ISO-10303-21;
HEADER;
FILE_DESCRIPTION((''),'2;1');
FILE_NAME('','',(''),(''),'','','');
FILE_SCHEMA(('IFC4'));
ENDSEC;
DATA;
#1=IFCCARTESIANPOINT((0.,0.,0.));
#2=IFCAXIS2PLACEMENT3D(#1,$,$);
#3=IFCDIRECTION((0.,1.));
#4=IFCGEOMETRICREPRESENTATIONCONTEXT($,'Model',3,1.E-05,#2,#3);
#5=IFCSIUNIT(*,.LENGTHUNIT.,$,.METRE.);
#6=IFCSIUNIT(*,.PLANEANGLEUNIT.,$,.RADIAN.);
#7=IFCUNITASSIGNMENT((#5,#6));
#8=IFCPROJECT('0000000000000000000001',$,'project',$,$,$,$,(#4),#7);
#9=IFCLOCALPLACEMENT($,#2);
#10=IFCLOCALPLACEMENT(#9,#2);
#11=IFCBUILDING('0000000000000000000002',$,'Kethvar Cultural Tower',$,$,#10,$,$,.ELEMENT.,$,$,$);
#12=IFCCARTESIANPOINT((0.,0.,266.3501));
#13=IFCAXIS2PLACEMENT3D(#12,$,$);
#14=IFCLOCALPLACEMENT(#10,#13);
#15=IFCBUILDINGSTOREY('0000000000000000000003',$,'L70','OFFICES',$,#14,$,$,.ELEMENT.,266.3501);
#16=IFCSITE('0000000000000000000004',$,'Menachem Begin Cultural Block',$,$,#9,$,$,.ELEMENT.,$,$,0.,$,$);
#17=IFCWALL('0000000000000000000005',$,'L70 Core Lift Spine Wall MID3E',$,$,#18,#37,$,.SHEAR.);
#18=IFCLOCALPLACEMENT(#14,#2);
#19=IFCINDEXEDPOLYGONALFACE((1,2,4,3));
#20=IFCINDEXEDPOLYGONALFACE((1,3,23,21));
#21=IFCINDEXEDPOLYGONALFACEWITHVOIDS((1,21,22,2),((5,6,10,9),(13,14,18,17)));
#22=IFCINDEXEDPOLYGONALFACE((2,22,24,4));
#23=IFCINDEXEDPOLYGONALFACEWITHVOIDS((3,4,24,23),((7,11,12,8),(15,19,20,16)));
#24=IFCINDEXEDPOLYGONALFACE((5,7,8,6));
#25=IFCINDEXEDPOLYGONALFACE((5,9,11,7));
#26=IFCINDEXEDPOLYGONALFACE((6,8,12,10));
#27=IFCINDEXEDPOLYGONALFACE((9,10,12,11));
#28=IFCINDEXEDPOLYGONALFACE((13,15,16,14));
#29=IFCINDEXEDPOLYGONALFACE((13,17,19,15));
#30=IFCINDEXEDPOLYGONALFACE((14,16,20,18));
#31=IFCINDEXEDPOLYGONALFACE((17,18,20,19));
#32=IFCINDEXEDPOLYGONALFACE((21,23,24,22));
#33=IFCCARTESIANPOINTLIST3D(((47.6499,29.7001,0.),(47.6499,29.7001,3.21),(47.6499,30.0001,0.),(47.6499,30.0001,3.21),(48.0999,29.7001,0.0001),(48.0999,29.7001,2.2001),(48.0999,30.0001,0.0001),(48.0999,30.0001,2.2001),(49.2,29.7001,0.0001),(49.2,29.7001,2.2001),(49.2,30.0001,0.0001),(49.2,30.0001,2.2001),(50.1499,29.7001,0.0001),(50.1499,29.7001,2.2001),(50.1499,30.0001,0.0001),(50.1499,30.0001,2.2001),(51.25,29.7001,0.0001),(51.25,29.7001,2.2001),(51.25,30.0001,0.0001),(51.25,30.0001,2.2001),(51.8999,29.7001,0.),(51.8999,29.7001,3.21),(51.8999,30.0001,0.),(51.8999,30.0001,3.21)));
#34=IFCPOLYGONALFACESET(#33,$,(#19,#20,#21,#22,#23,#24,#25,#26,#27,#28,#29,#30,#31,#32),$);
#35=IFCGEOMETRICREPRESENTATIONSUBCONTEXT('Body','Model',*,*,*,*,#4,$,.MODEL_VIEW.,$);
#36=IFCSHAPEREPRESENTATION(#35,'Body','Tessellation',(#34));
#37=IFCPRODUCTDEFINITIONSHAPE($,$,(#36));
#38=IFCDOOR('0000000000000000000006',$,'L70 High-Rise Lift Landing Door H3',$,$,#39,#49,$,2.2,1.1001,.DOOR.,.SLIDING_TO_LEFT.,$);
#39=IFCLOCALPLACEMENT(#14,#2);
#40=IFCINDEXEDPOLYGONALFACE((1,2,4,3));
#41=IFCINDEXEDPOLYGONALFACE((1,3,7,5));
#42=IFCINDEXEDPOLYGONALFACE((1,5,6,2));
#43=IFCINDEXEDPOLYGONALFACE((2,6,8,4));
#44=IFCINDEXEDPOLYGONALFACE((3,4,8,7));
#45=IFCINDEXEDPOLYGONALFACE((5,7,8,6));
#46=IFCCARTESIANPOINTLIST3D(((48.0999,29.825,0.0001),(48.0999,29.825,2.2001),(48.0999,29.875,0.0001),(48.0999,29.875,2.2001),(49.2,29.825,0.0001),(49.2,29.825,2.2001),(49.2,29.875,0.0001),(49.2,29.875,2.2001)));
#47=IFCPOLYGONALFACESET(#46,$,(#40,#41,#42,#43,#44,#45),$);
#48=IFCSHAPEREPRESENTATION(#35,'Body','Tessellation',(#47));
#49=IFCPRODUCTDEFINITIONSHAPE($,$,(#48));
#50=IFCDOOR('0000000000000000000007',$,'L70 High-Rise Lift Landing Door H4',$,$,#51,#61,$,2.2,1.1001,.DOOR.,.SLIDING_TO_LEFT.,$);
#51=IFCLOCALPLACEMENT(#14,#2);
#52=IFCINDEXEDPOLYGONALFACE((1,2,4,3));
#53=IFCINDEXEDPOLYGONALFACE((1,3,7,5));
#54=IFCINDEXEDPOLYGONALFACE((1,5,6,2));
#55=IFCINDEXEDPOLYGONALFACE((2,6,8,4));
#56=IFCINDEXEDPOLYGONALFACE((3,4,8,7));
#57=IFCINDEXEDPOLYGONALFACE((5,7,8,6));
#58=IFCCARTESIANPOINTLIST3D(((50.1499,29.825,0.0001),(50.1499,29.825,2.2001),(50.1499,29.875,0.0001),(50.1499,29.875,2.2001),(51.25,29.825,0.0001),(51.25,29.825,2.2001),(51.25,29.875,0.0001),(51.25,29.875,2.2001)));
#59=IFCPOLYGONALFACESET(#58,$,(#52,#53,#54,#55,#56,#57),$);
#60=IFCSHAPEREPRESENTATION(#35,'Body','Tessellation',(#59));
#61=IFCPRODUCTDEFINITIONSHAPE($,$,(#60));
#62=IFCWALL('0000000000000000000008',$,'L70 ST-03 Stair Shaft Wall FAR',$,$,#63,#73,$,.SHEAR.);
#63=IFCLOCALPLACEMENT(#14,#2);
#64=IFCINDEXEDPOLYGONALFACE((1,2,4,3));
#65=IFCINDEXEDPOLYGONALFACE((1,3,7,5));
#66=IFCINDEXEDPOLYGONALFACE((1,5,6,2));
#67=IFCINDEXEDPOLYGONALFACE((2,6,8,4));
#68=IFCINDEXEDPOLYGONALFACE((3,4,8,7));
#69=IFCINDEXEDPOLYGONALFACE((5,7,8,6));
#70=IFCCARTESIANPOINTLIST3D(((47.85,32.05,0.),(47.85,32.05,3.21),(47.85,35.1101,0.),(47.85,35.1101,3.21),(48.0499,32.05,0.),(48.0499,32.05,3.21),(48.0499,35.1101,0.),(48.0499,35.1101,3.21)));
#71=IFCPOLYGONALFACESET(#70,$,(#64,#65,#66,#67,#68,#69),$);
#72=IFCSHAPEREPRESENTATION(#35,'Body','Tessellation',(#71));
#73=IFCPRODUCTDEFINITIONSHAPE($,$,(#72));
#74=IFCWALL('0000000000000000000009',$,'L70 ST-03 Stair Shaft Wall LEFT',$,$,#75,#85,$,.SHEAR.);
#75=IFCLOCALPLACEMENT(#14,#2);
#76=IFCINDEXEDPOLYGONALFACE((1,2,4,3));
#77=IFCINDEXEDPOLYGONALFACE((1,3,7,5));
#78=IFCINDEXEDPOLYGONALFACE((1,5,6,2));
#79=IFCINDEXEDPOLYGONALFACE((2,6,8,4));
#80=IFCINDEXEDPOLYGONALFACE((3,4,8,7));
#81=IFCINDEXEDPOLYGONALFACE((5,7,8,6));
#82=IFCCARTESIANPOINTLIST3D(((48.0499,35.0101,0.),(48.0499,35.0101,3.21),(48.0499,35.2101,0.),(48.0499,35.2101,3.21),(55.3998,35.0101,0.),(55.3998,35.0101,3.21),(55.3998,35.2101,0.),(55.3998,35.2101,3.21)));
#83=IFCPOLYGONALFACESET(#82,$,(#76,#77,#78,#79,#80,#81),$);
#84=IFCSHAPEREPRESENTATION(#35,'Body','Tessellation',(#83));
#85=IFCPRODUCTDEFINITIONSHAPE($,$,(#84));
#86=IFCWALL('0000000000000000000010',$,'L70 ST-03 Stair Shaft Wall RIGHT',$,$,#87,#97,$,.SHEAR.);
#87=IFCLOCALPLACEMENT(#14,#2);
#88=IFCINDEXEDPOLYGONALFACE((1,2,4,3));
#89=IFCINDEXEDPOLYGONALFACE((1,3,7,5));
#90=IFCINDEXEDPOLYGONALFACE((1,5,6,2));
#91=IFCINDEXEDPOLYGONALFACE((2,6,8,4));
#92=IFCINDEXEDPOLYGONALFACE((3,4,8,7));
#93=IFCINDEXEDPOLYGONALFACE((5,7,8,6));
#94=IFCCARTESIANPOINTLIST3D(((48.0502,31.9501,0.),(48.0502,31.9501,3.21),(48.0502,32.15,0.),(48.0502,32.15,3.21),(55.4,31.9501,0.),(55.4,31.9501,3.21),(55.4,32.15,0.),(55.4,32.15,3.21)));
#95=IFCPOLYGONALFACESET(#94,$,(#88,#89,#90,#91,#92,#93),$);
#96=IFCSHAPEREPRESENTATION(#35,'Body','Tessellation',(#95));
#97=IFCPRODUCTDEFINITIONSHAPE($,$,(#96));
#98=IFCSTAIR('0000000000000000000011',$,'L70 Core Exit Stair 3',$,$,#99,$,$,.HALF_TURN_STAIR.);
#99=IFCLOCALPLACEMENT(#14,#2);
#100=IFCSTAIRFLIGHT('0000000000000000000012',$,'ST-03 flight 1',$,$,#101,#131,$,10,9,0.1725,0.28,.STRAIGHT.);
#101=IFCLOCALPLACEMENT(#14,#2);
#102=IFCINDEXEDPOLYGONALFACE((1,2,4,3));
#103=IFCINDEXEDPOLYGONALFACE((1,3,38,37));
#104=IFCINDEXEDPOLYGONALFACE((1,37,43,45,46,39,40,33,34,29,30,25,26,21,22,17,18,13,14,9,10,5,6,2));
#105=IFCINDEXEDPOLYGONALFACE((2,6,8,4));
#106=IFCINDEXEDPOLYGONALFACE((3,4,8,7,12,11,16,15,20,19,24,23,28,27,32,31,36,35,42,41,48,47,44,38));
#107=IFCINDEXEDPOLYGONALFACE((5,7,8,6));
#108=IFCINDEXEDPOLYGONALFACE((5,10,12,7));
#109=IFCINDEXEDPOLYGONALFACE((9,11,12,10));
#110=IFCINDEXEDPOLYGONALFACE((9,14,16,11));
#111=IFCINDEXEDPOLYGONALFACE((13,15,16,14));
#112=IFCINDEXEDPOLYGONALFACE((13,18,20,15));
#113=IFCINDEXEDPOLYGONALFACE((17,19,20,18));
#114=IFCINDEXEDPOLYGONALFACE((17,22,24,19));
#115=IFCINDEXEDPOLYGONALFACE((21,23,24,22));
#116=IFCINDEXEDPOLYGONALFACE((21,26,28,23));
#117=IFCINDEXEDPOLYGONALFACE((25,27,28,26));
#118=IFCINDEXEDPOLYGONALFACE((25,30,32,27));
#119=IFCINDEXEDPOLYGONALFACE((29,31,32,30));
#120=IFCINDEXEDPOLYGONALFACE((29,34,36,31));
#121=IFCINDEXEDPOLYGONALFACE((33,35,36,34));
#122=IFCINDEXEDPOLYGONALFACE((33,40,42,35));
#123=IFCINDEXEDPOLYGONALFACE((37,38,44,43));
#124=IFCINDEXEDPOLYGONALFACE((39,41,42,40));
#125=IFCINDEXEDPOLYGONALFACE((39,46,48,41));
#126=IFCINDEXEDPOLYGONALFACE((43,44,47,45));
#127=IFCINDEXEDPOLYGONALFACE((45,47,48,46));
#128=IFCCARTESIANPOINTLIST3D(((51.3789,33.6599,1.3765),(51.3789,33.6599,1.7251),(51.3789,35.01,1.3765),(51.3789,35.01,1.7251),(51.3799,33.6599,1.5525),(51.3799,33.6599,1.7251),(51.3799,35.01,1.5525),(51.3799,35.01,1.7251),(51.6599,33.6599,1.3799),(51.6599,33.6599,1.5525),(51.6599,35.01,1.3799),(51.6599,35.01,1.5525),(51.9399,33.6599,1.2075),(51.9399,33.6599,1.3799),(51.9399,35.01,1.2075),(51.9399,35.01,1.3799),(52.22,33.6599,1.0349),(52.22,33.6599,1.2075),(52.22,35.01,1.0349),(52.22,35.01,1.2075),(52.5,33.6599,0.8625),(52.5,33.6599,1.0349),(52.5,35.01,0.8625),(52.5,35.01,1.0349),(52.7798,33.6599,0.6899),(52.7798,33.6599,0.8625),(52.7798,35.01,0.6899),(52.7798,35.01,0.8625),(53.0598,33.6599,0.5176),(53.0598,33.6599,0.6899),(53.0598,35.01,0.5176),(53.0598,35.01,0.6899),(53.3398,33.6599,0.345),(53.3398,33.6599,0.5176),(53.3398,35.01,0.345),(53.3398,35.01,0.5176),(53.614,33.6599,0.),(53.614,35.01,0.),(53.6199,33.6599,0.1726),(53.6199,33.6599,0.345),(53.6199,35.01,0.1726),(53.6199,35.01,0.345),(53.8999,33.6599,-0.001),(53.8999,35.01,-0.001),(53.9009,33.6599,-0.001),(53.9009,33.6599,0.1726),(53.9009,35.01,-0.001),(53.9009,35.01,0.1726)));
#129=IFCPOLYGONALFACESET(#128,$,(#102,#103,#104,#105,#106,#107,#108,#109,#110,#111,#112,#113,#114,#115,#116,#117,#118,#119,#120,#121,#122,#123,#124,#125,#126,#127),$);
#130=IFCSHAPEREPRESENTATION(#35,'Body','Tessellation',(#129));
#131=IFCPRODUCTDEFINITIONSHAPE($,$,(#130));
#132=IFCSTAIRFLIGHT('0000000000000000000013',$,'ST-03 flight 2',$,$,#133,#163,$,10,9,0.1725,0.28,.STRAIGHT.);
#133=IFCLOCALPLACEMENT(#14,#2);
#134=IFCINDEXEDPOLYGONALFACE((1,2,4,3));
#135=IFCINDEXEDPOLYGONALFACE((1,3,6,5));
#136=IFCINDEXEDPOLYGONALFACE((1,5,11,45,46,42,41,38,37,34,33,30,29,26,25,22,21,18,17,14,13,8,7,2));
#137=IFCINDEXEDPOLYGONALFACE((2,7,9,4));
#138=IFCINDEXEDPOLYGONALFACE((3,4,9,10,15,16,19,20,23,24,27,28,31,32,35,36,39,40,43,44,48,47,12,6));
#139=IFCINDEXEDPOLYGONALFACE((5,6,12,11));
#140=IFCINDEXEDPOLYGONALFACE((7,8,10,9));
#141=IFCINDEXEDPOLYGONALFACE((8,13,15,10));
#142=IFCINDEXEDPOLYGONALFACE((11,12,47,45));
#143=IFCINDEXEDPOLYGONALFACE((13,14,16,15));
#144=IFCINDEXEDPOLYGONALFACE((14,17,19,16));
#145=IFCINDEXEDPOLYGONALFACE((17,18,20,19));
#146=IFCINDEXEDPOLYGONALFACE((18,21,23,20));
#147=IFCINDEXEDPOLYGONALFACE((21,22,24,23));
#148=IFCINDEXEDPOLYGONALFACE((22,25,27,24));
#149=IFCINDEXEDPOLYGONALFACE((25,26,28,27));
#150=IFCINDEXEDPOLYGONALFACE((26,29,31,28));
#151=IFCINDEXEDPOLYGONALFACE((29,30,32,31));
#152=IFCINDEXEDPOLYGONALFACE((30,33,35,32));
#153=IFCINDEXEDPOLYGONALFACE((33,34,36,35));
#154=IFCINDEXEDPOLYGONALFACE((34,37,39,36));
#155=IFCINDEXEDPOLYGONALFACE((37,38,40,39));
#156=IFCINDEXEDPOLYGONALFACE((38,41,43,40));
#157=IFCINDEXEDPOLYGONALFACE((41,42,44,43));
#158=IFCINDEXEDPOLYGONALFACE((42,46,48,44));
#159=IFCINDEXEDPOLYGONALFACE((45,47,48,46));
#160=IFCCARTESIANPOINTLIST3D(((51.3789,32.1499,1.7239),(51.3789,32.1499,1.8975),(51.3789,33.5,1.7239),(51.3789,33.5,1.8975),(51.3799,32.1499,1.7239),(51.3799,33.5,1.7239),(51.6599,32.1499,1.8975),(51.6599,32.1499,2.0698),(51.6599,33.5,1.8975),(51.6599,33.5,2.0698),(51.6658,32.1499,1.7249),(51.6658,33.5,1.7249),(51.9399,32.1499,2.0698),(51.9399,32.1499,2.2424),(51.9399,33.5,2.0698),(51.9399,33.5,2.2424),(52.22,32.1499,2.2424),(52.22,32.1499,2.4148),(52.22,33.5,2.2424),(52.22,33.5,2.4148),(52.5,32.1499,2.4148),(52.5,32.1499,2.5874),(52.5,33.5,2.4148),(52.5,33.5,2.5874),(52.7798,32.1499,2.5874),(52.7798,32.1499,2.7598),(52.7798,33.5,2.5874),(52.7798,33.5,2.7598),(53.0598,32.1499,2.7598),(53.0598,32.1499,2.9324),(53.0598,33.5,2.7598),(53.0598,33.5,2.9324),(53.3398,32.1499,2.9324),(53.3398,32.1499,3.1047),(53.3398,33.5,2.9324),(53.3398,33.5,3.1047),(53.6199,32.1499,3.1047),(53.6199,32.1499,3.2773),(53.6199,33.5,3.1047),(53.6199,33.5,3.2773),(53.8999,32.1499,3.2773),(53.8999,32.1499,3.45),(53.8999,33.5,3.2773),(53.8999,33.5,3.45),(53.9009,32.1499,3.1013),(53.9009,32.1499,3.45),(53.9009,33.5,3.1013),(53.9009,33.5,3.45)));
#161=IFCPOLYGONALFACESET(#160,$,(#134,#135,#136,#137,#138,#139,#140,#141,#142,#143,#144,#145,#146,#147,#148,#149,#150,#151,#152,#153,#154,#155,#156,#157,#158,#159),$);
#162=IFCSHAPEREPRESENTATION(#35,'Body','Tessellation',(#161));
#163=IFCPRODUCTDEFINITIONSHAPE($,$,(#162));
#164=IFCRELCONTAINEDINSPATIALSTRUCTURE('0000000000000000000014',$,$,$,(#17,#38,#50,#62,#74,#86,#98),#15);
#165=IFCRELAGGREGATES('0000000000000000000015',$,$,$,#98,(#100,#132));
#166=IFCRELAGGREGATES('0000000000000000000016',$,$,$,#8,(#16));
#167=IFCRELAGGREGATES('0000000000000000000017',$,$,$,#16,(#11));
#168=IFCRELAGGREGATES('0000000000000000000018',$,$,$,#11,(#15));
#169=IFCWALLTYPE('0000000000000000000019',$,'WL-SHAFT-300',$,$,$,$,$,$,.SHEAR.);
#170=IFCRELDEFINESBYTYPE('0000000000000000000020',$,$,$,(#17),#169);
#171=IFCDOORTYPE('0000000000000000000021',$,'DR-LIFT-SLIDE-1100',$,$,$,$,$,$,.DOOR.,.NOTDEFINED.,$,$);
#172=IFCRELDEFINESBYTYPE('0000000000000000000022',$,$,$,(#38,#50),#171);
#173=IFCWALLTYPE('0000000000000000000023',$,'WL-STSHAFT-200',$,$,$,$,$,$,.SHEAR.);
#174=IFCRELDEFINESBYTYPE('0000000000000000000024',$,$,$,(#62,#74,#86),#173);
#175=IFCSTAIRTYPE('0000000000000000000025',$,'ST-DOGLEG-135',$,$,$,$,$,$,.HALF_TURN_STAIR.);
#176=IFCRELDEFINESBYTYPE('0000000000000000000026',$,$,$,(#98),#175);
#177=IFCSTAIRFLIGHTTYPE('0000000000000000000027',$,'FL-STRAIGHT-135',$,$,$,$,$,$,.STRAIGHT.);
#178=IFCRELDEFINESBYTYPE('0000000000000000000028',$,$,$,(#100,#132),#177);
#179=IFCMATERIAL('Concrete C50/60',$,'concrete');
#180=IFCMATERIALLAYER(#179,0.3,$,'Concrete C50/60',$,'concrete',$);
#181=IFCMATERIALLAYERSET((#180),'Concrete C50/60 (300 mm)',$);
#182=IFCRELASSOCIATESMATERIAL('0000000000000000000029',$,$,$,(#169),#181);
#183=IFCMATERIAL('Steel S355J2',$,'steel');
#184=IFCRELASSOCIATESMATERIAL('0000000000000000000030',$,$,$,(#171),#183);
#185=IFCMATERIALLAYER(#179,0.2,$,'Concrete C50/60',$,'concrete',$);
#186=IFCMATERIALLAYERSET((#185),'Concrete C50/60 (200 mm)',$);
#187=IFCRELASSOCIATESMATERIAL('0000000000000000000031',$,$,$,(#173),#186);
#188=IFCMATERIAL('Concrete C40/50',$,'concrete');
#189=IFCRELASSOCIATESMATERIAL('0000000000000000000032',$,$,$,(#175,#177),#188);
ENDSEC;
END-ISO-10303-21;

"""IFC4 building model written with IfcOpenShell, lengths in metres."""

from ifc_helpers import new_model, si_unit, direction, frame, frame_2d, origin, place, context, subcontext, project, spatial, polyline, rectangle, outline, extrude, source, transform, mapped, material, layer, layer_set, type_object, element, fill, aggregate, save


model = new_model("IFC4")

# Units and contexts
model_context = context("Model", 3, precision=1e-05, world=origin(), true_north=direction((0.0, 1.0)))
body_context = subcontext(model_context, "Body", "Model", "MODEL_VIEW")
ifc_project = project(units=[si_unit("LENGTHUNIT", "METRE"), si_unit("PLANEANGLEUNIT", "RADIAN")], contexts=[model_context])

# Site, building, storey
site_placement = place(None, origin())
site = spatial("IfcSite", under=ifc_project, at=site_placement, Name="Menachem Begin Cultural Block", CompositionType="ELEMENT", RefElevation=0.0)
building_placement = place(site_placement, origin())
building = spatial("IfcBuilding", under=site, at=building_placement, Name="Kethvar Cultural Tower", CompositionType="ELEMENT")
storey_placement = place(building_placement, frame((0.0, 0.0, 266.3501)))
storey = spatial("IfcBuildingStorey", under=building, at=storey_placement, Name="L70", Description="OFFICES", CompositionType="ELEMENT", Elevation=266.3501)

# Shared definitions
ifc_material_1 = material(Name="Steel S355J2", Category="steel")

# Shared definitions
ifc_material_2 = material(Name="Concrete C40/50", Category="concrete")

# Wall, openings, doors
ifc_material_3 = material(Name="Concrete C50/60", Category="concrete")
ifc_layer_1 = layer(ifc_material_3, 0.3, Name="Concrete C50/60", Category="concrete")
ifc_layer_set_1 = layer_set([ifc_layer_1], Name="Concrete C50/60 (300 mm)")
wall_type_1 = type_object("IfcWallType", Name="WL-SHAFT-300", PredefinedType="SHEAR", material=ifc_layer_set_1)
wall_1_placement = place(storey_placement, frame((47.6499, 29.8501, 0.0), z_axis=(0.0, 0.0, 1.0), x_axis=(1.0, 0.0, 0.0)))
wall_1 = element("IfcWall", 1, at=wall_1_placement, inside=storey, type_object=wall_type_1, Name="L70 Core Lift Spine Wall MID3E", PredefinedType="SHEAR", context=body_context, shape_type="SweptSolid", body=[
    extrude(rectangle(XDim=4.25, YDim=0.3, at=frame_2d((2.125, 0.0))), origin(), (0.0, 0.0, 1.0), 3.21),
])
opening_1_placement = place(wall_1_placement, frame((0.45, 0.0, 0.0)))
opening_1 = element("IfcOpeningElement", 2, at=opening_1_placement, cuts=wall_1, PredefinedType="OPENING", context=body_context, shape_type="SweptSolid", body=[
    extrude(rectangle(XDim=1.1001, YDim=2.2, at=frame_2d((0.55, 1.1001))), frame((0.0, 0.1599, 0.0), z_axis=(0.0, -1.0, 0.0), x_axis=(1.0, 0.0, 0.0)), (0.0, 0.0, 1.0), 0.3201),
])
opening_2_placement = place(wall_1_placement, frame((2.5, 0.0, 0.0)))
opening_2 = element("IfcOpeningElement", 3, at=opening_2_placement, cuts=wall_1, PredefinedType="OPENING", context=body_context, shape_type="SweptSolid", body=[
    extrude(rectangle(XDim=1.1001, YDim=2.2, at=frame_2d((0.55, 1.1001))), frame((0.0, 0.1599, 0.0), z_axis=(0.0, -1.0, 0.0), x_axis=(1.0, 0.0, 0.0)), (0.0, 0.0, 1.0), 0.3201),
])
door_type = type_object("IfcDoorType", Name="DR-LIFT-SLIDE-1100", OperationType="NOTDEFINED", PredefinedType="DOOR", material=ifc_material_1)
shared_shape_1 = source(origin(), body_context, "Body", "SweptSolid", [
    extrude(rectangle(XDim=1.1001, YDim=2.2, at=frame_2d((0.55, 1.1001))), frame((0.0, 0.0249, 0.0), z_axis=(0.0, -1.0, 0.0), x_axis=(1.0, 0.0, 0.0)), (0.0, 0.0, 1.0), 0.05),
])
door_1_placement = place(opening_1_placement, origin())
door_1 = element("IfcDoor", 4, at=door_1_placement, inside=storey, type_object=door_type, Name="L70 High-Rise Lift Landing Door H3", OperationType="SLIDING_TO_LEFT", OverallHeight=2.2, OverallWidth=1.1001, PredefinedType="DOOR", context=body_context, shape_type="MappedRepresentation", body=[
    mapped(shared_shape_1, transform((0.0, 0.0, 0.0), scale=1.0)),
])
fill(opening_1, door_1)
door_2_placement = place(opening_2_placement, origin())
door_2 = element("IfcDoor", 5, at=door_2_placement, inside=storey, type_object=door_type, Name="L70 High-Rise Lift Landing Door H4", OperationType="SLIDING_TO_LEFT", OverallHeight=2.2, OverallWidth=1.1001, PredefinedType="DOOR", context=body_context, shape_type="MappedRepresentation", body=[
    mapped(shared_shape_1, transform((0.0, 0.0, 0.0), scale=1.0)),
])
fill(opening_2, door_2)

# Walls
ifc_layer_2 = layer(ifc_material_3, 0.2, Name="Concrete C50/60", Category="concrete")
ifc_layer_set_2 = layer_set([ifc_layer_2], Name="Concrete C50/60 (200 mm)")
wall_type_2 = type_object("IfcWallType", Name="WL-STSHAFT-200", PredefinedType="SHEAR", material=ifc_layer_set_2)
wall_2_placement = place(storey_placement, frame((47.95, 32.05, 0.0), z_axis=(0.0, 0.0, 1.0), x_axis=(0.0, 1.0, 0.0)))
element("IfcWall", 6, at=wall_2_placement, inside=storey, type_object=wall_type_2, Name="L70 ST-03 Stair Shaft Wall FAR", PredefinedType="SHEAR", context=body_context, shape_type="SweptSolid", body=[
    extrude(rectangle(XDim=3.0601, YDim=0.2, at=frame_2d((1.53, 0.0))), origin(), (0.0, 0.0, 1.0), 3.21),
])
for number, where, z_axis, x_axis, name in (
    (7, (48.05, 35.1101, 0.0), (0.0, 0.0, 1.0), (1.0, 0.0, 0.0), "L70 ST-03 Stair Shaft Wall LEFT"),
    (8, (55.3999, 32.05, 0.0), (0.0, 0.0, 1.0), (-1.0, 0.0, 0.0), "L70 ST-03 Stair Shaft Wall RIGHT"),
):
    element("IfcWall", number, at=place(storey_placement, frame(where, z_axis=z_axis, x_axis=x_axis)), inside=storey, type_object=wall_type_2, Name=name, PredefinedType="SHEAR", context=body_context, shape_type="SweptSolid", body=[
        extrude(rectangle(XDim=7.3499, YDim=0.2, at=frame_2d((3.6748, 0.0))), origin(), (0.0, 0.0, 1.0), 3.21),
    ])

# Stair, stair flights
stair_type = type_object("IfcStairType", Name="ST-DOGLEG-135", PredefinedType="HALF_TURN_STAIR", material=ifc_material_2)
stair_placement = place(storey_placement, origin())
stair = element("IfcStair", 9, at=stair_placement, inside=storey, type_object=stair_type, Name="L70 Core Exit Stair 3", PredefinedType="HALF_TURN_STAIR")
stair_flight_type = type_object("IfcStairFlightType", Name="FL-STRAIGHT-135", PredefinedType="STRAIGHT", material=ifc_material_2)
stair_flight_1_placement = place(storey_placement, frame((53.8999, 34.335, 0.0), z_axis=(0.0, 0.0, 1.0), x_axis=(-1.0, 0.0, 0.0)))
stair_flight_1 = element("IfcStairFlight", 10, at=stair_flight_1_placement, type_object=stair_flight_type, Name="ST-03 flight 1", NumberOfRisers=10, NumberOfTreads=9, PredefinedType="STRAIGHT", RiserHeight=0.1725, TreadLength=0.28, context=body_context, shape_type="SweptSolid", body=[
    extrude(outline(polyline([(-0.001, -0.001), (-0.001, 0.1726), (0.28, 0.1726), (0.28, 0.345), (0.5601, 0.345), (0.5601, 0.5176), (0.8401, 0.5176), (0.8401, 0.6899), (1.1201, 0.6899), (1.1201, 0.8625), (1.3999, 0.8625), (1.3999, 1.0349), (1.6799, 1.0349), (1.6799, 1.2075), (1.96, 1.2075), (1.96, 1.3799), (2.24, 1.3799), (2.24, 1.5525), (2.52, 1.5525), (2.52, 1.7251), (2.521, 1.7251), (2.521, 1.3765), (0.2859, 0.0), (0.0, -0.001), (-0.001, -0.001)])), frame((0.0, 0.675, 0.0), z_axis=(0.0, -1.0, 0.0), x_axis=(1.0, 0.0, 0.0)), (0.0, 0.0, 1.0), 1.3501),
])
stair_flight_2_placement = place(storey_placement, frame((51.3799, 32.825, 1.7249), z_axis=(0.0, 0.0, 1.0), x_axis=(1.0, 0.0, 0.0)))
stair_flight_2 = element("IfcStairFlight", 11, at=stair_flight_2_placement, type_object=stair_flight_type, Name="ST-03 flight 2", NumberOfRisers=10, NumberOfTreads=9, PredefinedType="STRAIGHT", RiserHeight=0.1725, TreadLength=0.28, context=body_context, shape_type="SweptSolid", body=[
    extrude(outline(polyline([(-0.001, -0.001), (-0.001, 0.1726), (0.28, 0.1726), (0.28, 0.345), (0.5601, 0.345), (0.5601, 0.5176), (0.8401, 0.5176), (0.8401, 0.6899), (1.1201, 0.6899), (1.1201, 0.8625), (1.3999, 0.8625), (1.3999, 1.0349), (1.6799, 1.0349), (1.6799, 1.2075), (1.96, 1.2075), (1.96, 1.3799), (2.24, 1.3799), (2.24, 1.5525), (2.52, 1.5525), (2.52, 1.7251), (2.521, 1.7251), (2.521, 1.3765), (0.2859, 0.0), (0.0, -0.001), (-0.001, -0.001)])), frame((0.0, 0.675, 0.0), z_axis=(0.0, -1.0, 0.0), x_axis=(1.0, 0.0, 0.0)), (0.0, 0.0, 1.0), 1.3501),
])
aggregate(stair, [stair_flight_1, stair_flight_2])

save(model, "model.ifc")
